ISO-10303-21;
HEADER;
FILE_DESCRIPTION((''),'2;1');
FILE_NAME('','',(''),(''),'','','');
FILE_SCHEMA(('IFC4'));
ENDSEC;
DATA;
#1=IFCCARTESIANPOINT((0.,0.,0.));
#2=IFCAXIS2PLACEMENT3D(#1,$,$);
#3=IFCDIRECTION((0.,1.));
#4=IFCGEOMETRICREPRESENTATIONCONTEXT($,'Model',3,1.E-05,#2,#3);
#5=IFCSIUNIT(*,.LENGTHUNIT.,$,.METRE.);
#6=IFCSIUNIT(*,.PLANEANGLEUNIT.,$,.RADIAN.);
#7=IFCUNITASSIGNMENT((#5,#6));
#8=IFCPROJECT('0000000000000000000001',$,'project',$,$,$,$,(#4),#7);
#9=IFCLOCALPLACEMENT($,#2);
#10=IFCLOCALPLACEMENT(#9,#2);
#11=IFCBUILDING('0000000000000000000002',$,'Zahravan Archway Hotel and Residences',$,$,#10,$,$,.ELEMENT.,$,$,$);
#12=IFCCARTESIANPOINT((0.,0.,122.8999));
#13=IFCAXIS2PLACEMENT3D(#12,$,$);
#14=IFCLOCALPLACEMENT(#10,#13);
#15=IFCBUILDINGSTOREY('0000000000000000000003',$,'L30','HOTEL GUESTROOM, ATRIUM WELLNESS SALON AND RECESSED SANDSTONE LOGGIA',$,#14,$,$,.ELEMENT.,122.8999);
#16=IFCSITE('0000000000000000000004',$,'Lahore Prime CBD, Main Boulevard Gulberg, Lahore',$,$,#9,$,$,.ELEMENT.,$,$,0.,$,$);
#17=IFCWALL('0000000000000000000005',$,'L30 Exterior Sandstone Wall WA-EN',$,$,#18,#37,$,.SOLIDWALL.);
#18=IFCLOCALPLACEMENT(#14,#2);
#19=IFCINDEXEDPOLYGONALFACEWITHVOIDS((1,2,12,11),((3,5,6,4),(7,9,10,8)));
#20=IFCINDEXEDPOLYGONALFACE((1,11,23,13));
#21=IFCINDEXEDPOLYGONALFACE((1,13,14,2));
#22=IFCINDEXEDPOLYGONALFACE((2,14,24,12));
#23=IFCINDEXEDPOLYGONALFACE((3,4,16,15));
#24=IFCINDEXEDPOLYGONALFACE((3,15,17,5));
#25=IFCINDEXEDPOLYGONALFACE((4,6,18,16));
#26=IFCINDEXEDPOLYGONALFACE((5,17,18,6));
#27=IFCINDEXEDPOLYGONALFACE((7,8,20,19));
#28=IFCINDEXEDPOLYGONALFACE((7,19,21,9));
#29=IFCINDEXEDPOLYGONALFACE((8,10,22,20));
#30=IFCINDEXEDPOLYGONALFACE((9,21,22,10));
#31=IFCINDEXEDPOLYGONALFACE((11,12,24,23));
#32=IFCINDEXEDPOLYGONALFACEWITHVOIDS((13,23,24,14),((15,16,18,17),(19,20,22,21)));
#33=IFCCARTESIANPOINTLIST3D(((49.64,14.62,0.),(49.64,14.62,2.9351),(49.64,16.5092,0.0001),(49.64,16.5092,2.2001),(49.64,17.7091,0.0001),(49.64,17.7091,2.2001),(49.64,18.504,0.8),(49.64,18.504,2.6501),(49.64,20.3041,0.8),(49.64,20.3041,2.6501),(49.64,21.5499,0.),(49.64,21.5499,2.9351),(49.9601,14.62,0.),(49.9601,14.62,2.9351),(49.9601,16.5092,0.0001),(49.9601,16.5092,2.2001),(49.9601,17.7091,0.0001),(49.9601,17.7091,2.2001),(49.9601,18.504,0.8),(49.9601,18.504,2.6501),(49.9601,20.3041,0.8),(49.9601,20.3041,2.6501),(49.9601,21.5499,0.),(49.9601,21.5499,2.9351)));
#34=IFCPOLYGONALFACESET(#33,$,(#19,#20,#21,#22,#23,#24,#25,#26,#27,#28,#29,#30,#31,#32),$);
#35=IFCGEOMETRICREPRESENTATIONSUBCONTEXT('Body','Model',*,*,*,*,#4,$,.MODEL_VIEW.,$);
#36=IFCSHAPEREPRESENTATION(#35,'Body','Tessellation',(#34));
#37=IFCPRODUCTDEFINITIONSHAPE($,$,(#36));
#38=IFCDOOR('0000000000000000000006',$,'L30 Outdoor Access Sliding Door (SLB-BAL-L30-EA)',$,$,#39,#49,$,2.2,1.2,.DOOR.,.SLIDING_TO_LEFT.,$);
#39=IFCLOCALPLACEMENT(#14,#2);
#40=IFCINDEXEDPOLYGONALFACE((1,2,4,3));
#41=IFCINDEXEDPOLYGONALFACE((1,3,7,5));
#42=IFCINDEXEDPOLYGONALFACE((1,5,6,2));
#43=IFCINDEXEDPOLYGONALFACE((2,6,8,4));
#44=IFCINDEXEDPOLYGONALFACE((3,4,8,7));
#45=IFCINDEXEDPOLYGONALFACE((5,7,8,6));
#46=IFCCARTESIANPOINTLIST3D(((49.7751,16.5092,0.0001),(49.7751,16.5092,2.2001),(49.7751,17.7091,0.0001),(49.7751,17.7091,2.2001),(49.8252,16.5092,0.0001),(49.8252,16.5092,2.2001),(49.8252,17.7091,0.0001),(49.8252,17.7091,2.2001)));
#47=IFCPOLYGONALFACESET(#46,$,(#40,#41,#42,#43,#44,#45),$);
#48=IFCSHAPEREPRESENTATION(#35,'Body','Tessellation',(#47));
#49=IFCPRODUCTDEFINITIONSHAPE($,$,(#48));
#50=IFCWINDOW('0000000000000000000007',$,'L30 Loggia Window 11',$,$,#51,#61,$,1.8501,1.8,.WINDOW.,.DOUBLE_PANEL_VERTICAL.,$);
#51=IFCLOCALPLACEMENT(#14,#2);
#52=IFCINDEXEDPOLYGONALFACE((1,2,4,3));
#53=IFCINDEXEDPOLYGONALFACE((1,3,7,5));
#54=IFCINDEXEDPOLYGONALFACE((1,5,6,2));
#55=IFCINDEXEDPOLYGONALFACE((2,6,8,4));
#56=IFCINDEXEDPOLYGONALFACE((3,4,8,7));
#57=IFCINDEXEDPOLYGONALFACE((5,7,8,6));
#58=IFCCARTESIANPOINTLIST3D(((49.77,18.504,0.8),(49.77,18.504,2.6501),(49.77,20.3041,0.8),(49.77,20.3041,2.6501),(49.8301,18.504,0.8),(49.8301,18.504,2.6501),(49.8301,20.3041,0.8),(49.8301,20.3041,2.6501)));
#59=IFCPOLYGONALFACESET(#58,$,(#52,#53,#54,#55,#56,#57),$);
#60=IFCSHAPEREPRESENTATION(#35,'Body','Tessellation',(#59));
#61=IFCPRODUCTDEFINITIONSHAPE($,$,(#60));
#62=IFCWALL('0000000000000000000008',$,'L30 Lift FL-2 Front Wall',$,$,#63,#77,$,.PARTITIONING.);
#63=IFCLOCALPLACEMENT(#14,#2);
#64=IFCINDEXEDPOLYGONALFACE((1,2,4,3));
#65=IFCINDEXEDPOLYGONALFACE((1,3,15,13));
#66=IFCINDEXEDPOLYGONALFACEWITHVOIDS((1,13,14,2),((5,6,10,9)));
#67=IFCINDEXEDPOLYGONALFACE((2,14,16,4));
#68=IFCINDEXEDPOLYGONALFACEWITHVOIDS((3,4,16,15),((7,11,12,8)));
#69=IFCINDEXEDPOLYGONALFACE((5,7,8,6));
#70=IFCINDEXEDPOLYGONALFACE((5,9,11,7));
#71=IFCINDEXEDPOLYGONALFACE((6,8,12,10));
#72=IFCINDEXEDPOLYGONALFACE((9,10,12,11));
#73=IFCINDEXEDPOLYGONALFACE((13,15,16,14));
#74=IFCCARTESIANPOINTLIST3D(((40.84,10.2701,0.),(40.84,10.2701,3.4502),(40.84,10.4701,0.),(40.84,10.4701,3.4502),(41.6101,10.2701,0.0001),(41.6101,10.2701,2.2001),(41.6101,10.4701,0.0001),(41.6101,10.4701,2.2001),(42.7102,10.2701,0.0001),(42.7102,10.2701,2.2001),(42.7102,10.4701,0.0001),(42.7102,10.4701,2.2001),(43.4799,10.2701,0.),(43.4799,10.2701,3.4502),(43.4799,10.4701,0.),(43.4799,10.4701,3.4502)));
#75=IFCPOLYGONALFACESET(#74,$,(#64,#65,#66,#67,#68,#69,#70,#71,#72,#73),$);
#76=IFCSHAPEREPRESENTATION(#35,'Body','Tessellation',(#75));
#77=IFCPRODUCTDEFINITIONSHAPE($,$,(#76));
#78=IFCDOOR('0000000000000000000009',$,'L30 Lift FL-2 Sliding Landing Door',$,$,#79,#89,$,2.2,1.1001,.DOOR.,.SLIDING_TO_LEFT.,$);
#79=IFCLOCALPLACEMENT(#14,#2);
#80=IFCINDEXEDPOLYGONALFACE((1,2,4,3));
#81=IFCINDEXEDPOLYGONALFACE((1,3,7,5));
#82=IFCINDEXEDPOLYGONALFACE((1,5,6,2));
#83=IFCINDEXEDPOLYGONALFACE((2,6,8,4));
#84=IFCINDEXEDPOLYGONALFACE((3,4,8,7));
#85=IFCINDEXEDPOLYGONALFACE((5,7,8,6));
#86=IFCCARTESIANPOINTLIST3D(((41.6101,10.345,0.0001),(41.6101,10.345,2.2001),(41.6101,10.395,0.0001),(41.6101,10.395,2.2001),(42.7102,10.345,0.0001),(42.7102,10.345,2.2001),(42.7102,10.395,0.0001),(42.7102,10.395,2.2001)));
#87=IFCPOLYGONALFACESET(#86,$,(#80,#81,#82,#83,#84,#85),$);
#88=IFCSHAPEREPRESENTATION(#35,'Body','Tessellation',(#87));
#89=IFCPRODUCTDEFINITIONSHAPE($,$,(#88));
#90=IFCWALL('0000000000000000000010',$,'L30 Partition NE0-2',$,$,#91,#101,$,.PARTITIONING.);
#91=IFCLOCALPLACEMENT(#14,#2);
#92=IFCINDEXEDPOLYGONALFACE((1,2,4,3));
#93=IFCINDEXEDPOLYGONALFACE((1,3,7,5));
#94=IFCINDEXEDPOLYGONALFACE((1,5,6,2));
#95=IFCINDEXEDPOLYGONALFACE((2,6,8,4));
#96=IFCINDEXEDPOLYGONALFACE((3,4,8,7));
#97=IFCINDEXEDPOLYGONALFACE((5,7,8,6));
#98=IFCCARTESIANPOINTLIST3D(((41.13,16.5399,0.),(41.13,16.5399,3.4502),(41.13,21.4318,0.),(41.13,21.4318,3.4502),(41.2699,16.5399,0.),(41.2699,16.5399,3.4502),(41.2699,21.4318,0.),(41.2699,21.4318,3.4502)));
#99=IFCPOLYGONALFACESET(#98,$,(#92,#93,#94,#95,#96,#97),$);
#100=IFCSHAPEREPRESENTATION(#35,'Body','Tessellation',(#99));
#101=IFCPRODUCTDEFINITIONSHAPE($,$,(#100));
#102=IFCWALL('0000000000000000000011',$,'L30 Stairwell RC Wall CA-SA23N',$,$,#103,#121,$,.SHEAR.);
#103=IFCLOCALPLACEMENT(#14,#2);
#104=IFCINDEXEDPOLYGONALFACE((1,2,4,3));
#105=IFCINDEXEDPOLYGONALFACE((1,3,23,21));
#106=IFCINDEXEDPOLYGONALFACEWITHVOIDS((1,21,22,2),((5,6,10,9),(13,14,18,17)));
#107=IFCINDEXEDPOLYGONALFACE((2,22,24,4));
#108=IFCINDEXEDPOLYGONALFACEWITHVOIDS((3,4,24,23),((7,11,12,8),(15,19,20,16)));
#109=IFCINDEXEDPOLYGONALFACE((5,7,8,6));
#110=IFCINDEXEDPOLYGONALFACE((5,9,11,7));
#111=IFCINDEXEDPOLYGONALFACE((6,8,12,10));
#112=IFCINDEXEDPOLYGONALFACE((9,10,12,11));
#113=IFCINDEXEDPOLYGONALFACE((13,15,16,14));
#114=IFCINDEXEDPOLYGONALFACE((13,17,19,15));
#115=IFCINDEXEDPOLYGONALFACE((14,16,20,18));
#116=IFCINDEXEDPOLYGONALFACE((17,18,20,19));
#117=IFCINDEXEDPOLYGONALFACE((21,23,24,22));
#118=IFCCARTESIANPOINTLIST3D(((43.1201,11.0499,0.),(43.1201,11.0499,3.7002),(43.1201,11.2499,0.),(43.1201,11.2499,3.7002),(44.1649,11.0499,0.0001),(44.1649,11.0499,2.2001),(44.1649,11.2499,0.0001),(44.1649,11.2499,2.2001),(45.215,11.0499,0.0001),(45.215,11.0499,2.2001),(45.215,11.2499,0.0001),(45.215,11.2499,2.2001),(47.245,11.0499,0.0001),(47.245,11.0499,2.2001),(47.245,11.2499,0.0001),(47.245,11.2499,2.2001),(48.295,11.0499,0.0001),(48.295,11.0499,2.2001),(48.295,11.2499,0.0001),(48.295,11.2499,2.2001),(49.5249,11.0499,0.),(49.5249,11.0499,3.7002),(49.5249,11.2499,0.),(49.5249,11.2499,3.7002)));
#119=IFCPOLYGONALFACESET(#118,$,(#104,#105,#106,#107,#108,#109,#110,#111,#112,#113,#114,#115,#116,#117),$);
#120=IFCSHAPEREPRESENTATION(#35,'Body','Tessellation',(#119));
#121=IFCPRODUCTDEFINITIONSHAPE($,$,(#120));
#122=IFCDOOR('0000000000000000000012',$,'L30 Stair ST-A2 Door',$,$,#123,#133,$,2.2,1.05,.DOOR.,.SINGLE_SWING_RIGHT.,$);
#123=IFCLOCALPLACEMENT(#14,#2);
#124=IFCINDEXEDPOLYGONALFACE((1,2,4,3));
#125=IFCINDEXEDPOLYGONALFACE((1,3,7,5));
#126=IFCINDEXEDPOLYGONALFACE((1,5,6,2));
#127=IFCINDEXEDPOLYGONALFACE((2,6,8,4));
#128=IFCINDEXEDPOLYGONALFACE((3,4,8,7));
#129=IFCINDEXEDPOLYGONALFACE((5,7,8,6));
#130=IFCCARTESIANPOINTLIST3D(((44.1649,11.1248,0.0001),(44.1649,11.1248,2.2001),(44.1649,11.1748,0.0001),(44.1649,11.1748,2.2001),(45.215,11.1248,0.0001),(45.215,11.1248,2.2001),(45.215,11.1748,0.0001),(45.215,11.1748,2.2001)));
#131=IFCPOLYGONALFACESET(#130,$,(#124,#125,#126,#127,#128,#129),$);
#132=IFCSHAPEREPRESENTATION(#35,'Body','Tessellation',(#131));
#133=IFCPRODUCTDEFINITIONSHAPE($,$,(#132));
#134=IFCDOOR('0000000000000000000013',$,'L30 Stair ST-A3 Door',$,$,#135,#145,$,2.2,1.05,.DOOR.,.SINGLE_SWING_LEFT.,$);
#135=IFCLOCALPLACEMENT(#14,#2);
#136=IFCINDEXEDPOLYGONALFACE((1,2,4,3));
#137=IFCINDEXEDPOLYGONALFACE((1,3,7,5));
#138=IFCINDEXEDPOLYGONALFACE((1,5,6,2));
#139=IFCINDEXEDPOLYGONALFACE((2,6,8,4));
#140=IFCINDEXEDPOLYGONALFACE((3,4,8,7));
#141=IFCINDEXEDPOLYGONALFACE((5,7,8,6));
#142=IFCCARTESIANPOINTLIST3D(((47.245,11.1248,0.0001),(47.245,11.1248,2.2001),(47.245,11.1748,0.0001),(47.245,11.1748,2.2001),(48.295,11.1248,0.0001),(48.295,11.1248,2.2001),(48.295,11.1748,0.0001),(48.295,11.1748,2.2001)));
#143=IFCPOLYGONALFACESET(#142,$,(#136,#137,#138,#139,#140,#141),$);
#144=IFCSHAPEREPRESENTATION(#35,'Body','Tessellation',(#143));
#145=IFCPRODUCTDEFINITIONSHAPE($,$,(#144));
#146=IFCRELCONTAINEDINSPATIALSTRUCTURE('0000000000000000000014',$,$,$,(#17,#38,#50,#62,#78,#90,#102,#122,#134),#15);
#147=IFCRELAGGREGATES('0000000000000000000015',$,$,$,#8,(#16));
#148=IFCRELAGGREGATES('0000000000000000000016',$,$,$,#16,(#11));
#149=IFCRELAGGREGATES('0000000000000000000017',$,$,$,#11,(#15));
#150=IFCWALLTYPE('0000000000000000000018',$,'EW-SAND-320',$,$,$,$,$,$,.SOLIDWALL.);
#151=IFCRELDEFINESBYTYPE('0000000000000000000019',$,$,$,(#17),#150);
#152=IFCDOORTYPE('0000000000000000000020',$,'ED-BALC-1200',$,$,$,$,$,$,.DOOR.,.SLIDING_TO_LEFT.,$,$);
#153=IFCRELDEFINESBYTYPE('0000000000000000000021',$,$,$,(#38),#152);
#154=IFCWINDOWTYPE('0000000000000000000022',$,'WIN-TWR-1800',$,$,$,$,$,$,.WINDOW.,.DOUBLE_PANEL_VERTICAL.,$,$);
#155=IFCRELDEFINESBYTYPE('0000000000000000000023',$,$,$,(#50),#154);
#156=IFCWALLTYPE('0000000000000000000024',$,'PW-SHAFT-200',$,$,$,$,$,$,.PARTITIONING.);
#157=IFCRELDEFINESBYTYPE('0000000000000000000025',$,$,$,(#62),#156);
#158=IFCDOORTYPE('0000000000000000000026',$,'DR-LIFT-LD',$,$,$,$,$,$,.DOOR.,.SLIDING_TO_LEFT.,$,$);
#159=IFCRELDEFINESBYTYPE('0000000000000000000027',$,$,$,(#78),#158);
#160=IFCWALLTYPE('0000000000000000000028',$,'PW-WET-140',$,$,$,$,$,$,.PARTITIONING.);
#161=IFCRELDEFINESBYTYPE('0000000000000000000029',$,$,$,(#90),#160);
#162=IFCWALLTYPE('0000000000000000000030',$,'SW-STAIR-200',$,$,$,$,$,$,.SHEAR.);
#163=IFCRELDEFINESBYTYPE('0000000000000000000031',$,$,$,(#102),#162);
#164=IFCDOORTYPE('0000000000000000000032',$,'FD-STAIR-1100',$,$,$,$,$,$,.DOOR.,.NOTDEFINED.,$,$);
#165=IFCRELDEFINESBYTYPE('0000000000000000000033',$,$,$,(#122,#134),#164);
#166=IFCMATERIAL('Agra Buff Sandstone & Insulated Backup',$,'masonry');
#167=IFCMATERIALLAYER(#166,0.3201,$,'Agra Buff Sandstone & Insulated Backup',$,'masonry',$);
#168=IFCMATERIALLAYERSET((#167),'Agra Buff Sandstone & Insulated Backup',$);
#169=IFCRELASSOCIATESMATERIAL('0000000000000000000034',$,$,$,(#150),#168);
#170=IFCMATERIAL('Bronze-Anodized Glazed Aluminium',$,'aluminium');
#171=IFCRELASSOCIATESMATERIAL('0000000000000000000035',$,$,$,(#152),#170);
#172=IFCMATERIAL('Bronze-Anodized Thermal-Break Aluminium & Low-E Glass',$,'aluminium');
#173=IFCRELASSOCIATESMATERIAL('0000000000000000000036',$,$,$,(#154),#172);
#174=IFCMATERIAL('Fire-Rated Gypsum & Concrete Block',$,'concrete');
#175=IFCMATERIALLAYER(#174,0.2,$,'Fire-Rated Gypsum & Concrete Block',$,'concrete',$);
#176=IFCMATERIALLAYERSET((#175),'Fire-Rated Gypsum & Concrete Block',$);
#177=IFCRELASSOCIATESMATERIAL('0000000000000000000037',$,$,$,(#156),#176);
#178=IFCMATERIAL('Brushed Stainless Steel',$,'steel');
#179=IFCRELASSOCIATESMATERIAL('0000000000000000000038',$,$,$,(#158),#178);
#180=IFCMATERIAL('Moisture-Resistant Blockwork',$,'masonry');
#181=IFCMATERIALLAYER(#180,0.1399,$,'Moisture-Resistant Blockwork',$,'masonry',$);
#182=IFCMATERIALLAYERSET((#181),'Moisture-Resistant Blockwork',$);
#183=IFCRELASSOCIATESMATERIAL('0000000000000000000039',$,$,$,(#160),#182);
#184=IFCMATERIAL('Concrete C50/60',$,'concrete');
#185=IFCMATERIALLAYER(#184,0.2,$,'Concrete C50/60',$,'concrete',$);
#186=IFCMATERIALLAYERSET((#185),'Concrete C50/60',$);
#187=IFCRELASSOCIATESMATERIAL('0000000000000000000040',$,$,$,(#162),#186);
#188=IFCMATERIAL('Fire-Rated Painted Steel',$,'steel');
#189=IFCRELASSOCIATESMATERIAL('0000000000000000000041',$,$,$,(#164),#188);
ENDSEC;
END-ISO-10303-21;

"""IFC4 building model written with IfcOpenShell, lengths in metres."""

from ifc_helpers import new_model, si_unit, direction, frame, frame_2d, origin, place, context, subcontext, project, spatial, rectangle, extrude, source, transform, mapped, material, layer, layer_set, type_object, type_shapes, element, fill, save


model = new_model("IFC4")

# Units and contexts
model_context = context("Model", 3, precision=1e-05, world=origin(), true_north=direction((0.0, 1.0)))
body_context = subcontext(model_context, "Body", "Model", "MODEL_VIEW")
ifc_project = project(units=[si_unit("LENGTHUNIT", "METRE"), si_unit("PLANEANGLEUNIT", "RADIAN")], contexts=[model_context])

# Site, building, storey
site_placement = place(None, origin())
site = spatial("IfcSite", under=ifc_project, at=site_placement, Name="Lahore Prime CBD, Main Boulevard Gulberg, Lahore", CompositionType="ELEMENT", RefElevation=0.0)
building_placement = place(site_placement, origin())
building = spatial("IfcBuilding", under=site, at=building_placement, Name="Zahravan Archway Hotel and Residences", CompositionType="ELEMENT")
storey_placement = place(building_placement, frame((0.0, 0.0, 122.8999)))
storey = spatial("IfcBuildingStorey", under=building, at=storey_placement, Name="L30", Description="HOTEL GUESTROOM, ATRIUM WELLNESS SALON AND RECESSED SANDSTONE LOGGIA", CompositionType="ELEMENT", Elevation=122.8999)

# Wall, openings, door, window
ifc_material_1 = material(Name="Agra Buff Sandstone & Insulated Backup", Category="masonry")
ifc_layer_1 = layer(ifc_material_1, 0.3201, Name="Agra Buff Sandstone & Insulated Backup", Category="masonry")
ifc_layer_set_1 = layer_set([ifc_layer_1], Name="Agra Buff Sandstone & Insulated Backup")
wall_type_1 = type_object("IfcWallType", Name="EW-SAND-320", PredefinedType="SOLIDWALL", material=ifc_layer_set_1)
wall_1_placement = place(storey_placement, frame((49.8, 14.6201, 0.0), z_axis=(0.0, 0.0, 1.0), x_axis=(0.0, 1.0, 0.0)))
wall_1 = element("IfcWall", 1, at=wall_1_placement, inside=storey, type_object=wall_type_1, Name="L30 Exterior Sandstone Wall WA-EN", PredefinedType="SOLIDWALL", context=body_context, shape_type="SweptSolid", body=[
    extrude(rectangle(XDim=6.9299, YDim=0.3201, at=frame_2d((3.4648, 0.0))), origin(), (0.0, 0.0, 1.0), 2.9351),
])
opening_1_placement = place(wall_1_placement, frame((1.8889, 0.0, 0.0)))
opening_1 = element("IfcOpeningElement", 2, at=opening_1_placement, cuts=wall_1, PredefinedType="OPENING", context=body_context, shape_type="SweptSolid", body=[
    extrude(rectangle(XDim=1.2, YDim=2.2, at=frame_2d((0.6001, 1.1001))), frame((0.0, 0.1699, 0.0), z_axis=(0.0, -1.0, 0.0), x_axis=(1.0, 0.0, 0.0)), (0.0, 0.0, 1.0), 0.3401),
])
opening_2_placement = place(wall_1_placement, frame((3.884, 0.0, 0.8)))
opening_2 = element("IfcOpeningElement", 3, at=opening_2_placement, cuts=wall_1, PredefinedType="OPENING", context=body_context, shape_type="SweptSolid", body=[
    extrude(rectangle(XDim=1.8, YDim=1.8501, at=frame_2d((0.8999, 0.925))), frame((0.0, 0.1699, 0.0), z_axis=(0.0, -1.0, 0.0), x_axis=(1.0, 0.0, 0.0)), (0.0, 0.0, 1.0), 0.3401),
])
ifc_material_2 = material(Name="Bronze-Anodized Glazed Aluminium", Category="aluminium")
door_type_1 = type_object("IfcDoorType", Name="ED-BALC-1200", OperationType="SLIDING_TO_LEFT", PredefinedType="DOOR", material=ifc_material_2)
shared_shape_1 = source(origin(), body_context, "Body", "SweptSolid", [
    extrude(rectangle(XDim=1.2, YDim=2.2, at=frame_2d((0.6001, 1.1001))), frame((0.0, 0.0249, 0.0), z_axis=(0.0, -1.0, 0.0), x_axis=(1.0, 0.0, 0.0)), (0.0, 0.0, 1.0), 0.05),
])
type_shapes(door_type_1, [shared_shape_1])
door_1_placement = place(opening_1_placement, origin())
door_1 = element("IfcDoor", 4, at=door_1_placement, inside=storey, type_object=door_type_1, Name="L30 Outdoor Access Sliding Door (SLB-BAL-L30-EA)", OperationType="SLIDING_TO_LEFT", OverallHeight=2.2, OverallWidth=1.2, PredefinedType="DOOR", context=body_context, shape_type="MappedRepresentation", body=[
    mapped(shared_shape_1, transform((0.0, 0.0, 0.0), scale=1.0)),
])
fill(opening_1, door_1)
ifc_material_3 = material(Name="Bronze-Anodized Thermal-Break Aluminium & Low-E Glass", Category="aluminium")
window_type = type_object("IfcWindowType", Name="WIN-TWR-1800", PartitioningType="DOUBLE_PANEL_VERTICAL", PredefinedType="WINDOW", material=ifc_material_3)
shared_shape_2 = source(origin(), body_context, "Body", "SweptSolid", [
    extrude(rectangle(XDim=1.8, YDim=1.8501, at=frame_2d((0.8999, 0.925))), frame((0.0, 0.03, 0.0), z_axis=(0.0, -1.0, 0.0), x_axis=(1.0, 0.0, 0.0)), (0.0, 0.0, 1.0), 0.0601),
])
type_shapes(window_type, [shared_shape_2])
window_placement = place(opening_2_placement, origin())
window = element("IfcWindow", 5, at=window_placement, inside=storey, type_object=window_type, Name="L30 Loggia Window 11", OverallHeight=1.8501, OverallWidth=1.8, PartitioningType="DOUBLE_PANEL_VERTICAL", PredefinedType="WINDOW", context=body_context, shape_type="MappedRepresentation", body=[
    mapped(shared_shape_2, transform((0.0, 0.0, 0.0), scale=1.0)),
])
fill(opening_2, window)

# Wall, opening, door
ifc_material_4 = material(Name="Fire-Rated Gypsum & Concrete Block", Category="concrete")
ifc_material_5 = material(Name="Fire-Rated Painted Steel", Category="steel")
ifc_layer_2 = layer(ifc_material_4, 0.2, Name="Fire-Rated Gypsum & Concrete Block", Category="concrete")
ifc_layer_set_2 = layer_set([ifc_layer_2], Name="Fire-Rated Gypsum & Concrete Block")
wall_type_2 = type_object("IfcWallType", Name="PW-SHAFT-200", PredefinedType="PARTITIONING", material=ifc_layer_set_2)
wall_2_placement = place(storey_placement, frame((40.8401, 10.3701, 0.0), z_axis=(0.0, 0.0, 1.0), x_axis=(1.0, 0.0, 0.0)))
wall_2 = element("IfcWall", 6, at=wall_2_placement, inside=storey, type_object=wall_type_2, Name="L30 Lift FL-2 Front Wall", PredefinedType="PARTITIONING", context=body_context, shape_type="SweptSolid", body=[
    extrude(rectangle(XDim=2.6399, YDim=0.2, at=frame_2d((1.3198, 0.0))), origin(), (0.0, 0.0, 1.0), 3.4502),
])
opening_3_placement = place(wall_2_placement, frame((0.77, 0.0, 0.0)))
opening_3 = element("IfcOpeningElement", 7, at=opening_3_placement, cuts=wall_2, PredefinedType="OPENING", context=body_context, shape_type="SweptSolid", body=[
    extrude(rectangle(XDim=1.1001, YDim=2.2, at=frame_2d((0.55, 1.1001))), frame((0.0, 0.1099, 0.0), z_axis=(0.0, -1.0, 0.0), x_axis=(1.0, 0.0, 0.0)), (0.0, 0.0, 1.0), 0.22),
])
ifc_material_6 = material(Name="Brushed Stainless Steel", Category="steel")
door_type_2 = type_object("IfcDoorType", Name="DR-LIFT-LD", OperationType="SLIDING_TO_LEFT", PredefinedType="DOOR", material=ifc_material_6)
shared_shape_3 = source(origin(), body_context, "Body", "SweptSolid", [
    extrude(rectangle(XDim=1.1001, YDim=2.2, at=frame_2d((0.55, 1.1001))), frame((0.0, 0.0249, 0.0), z_axis=(0.0, -1.0, 0.0), x_axis=(1.0, 0.0, 0.0)), (0.0, 0.0, 1.0), 0.05),
])
type_shapes(door_type_2, [shared_shape_3])
door_2_placement = place(opening_3_placement, origin())
door_2 = element("IfcDoor", 8, at=door_2_placement, inside=storey, type_object=door_type_2, Name="L30 Lift FL-2 Sliding Landing Door", OperationType="SLIDING_TO_LEFT", OverallHeight=2.2, OverallWidth=1.1001, PredefinedType="DOOR", context=body_context, shape_type="MappedRepresentation", body=[
    mapped(shared_shape_3, transform((0.0, 0.0, 0.0), scale=1.0)),
])
fill(opening_3, door_2)

# Wall
ifc_material_7 = material(Name="Moisture-Resistant Blockwork", Category="masonry")
ifc_layer_3 = layer(ifc_material_7, 0.1399, Name="Moisture-Resistant Blockwork", Category="masonry")
ifc_layer_set_3 = layer_set([ifc_layer_3], Name="Moisture-Resistant Blockwork")
wall_type_3 = type_object("IfcWallType", Name="PW-WET-140", PredefinedType="PARTITIONING", material=ifc_layer_set_3)
wall_3_placement = place(storey_placement, frame((41.2, 16.54, 0.0), z_axis=(0.0, 0.0, 1.0), x_axis=(0.0, 1.0, 0.0)))
element("IfcWall", 9, at=wall_3_placement, inside=storey, type_object=wall_type_3, Name="L30 Partition NE0-2", PredefinedType="PARTITIONING", context=body_context, shape_type="SweptSolid", body=[
    extrude(rectangle(XDim=4.8918, YDim=0.1399, at=frame_2d((2.4458, 0.0))), origin(), (0.0, 0.0, 1.0), 3.4502),
])

# Wall, openings, doors
ifc_material_8 = material(Name="Concrete C50/60", Category="concrete")
ifc_layer_4 = layer(ifc_material_8, 0.2, Name="Concrete C50/60", Category="concrete")
ifc_layer_set_4 = layer_set([ifc_layer_4], Name="Concrete C50/60")
wall_type_4 = type_object("IfcWallType", Name="SW-STAIR-200", PredefinedType="SHEAR", material=ifc_layer_set_4)
wall_4_placement = place(storey_placement, frame((43.1201, 11.1499, 0.0), z_axis=(0.0, 0.0, 1.0), x_axis=(1.0, 0.0, 0.0)))
wall_4 = element("IfcWall", 10, at=wall_4_placement, inside=storey, type_object=wall_type_4, Name="L30 Stairwell RC Wall CA-SA23N", PredefinedType="SHEAR", context=body_context, shape_type="SweptSolid", body=[
    extrude(rectangle(XDim=6.4048, YDim=0.2, at=frame_2d((3.2024, 0.0))), origin(), (0.0, 0.0, 1.0), 3.7002),
])
opening_4_placement = place(wall_4_placement, frame((1.0449, 0.0, 0.0)))
opening_4 = element("IfcOpeningElement", 11, at=opening_4_placement, cuts=wall_4, PredefinedType="OPENING", context=body_context, shape_type="SweptSolid", body=[
    extrude(rectangle(XDim=1.05, YDim=2.2, at=frame_2d((0.5249, 1.1001))), frame((0.0, 0.1099, 0.0), z_axis=(0.0, -1.0, 0.0), x_axis=(1.0, 0.0, 0.0)), (0.0, 0.0, 1.0), 0.22),
])
opening_5_placement = place(wall_4_placement, frame((4.125, 0.0, 0.0)))
opening_5 = element("IfcOpeningElement", 12, at=opening_5_placement, cuts=wall_4, PredefinedType="OPENING", context=body_context, shape_type="SweptSolid", body=[
    extrude(rectangle(XDim=1.05, YDim=2.2, at=frame_2d((0.5249, 1.1001))), frame((0.0, 0.1099, 0.0), z_axis=(0.0, -1.0, 0.0), x_axis=(1.0, 0.0, 0.0)), (0.0, 0.0, 1.0), 0.22),
])
door_type_3 = type_object("IfcDoorType", Name="FD-STAIR-1100", OperationType="NOTDEFINED", PredefinedType="DOOR", material=ifc_material_5)
shared_shape_4 = source(origin(), body_context, "Body", "SweptSolid", [
    extrude(rectangle(XDim=1.05, YDim=2.2, at=frame_2d((0.5249, 1.1001))), frame((0.0, 0.0249, 0.0), z_axis=(0.0, -1.0, 0.0), x_axis=(1.0, 0.0, 0.0)), (0.0, 0.0, 1.0), 0.05),
])
type_shapes(door_type_3, [shared_shape_4])
door_3_placement = place(opening_4_placement, origin())
door_3 = element("IfcDoor", 13, at=door_3_placement, inside=storey, type_object=door_type_3, Name="L30 Stair ST-A2 Door", OperationType="SINGLE_SWING_RIGHT", OverallHeight=2.2, OverallWidth=1.05, PredefinedType="DOOR", context=body_context, shape_type="MappedRepresentation", body=[
    mapped(shared_shape_4, transform((0.0, 0.0, 0.0), scale=1.0)),
])
fill(opening_4, door_3)
door_4_placement = place(opening_5_placement, origin())
door_4 = element("IfcDoor", 14, at=door_4_placement, inside=storey, type_object=door_type_3, Name="L30 Stair ST-A3 Door", OperationType="SINGLE_SWING_LEFT", OverallHeight=2.2, OverallWidth=1.05, PredefinedType="DOOR", context=body_context, shape_type="MappedRepresentation", body=[
    mapped(shared_shape_4, transform((0.0, 0.0, 0.0), scale=1.0)),
])
fill(opening_5, door_4)

save(model, "model.ifc")
